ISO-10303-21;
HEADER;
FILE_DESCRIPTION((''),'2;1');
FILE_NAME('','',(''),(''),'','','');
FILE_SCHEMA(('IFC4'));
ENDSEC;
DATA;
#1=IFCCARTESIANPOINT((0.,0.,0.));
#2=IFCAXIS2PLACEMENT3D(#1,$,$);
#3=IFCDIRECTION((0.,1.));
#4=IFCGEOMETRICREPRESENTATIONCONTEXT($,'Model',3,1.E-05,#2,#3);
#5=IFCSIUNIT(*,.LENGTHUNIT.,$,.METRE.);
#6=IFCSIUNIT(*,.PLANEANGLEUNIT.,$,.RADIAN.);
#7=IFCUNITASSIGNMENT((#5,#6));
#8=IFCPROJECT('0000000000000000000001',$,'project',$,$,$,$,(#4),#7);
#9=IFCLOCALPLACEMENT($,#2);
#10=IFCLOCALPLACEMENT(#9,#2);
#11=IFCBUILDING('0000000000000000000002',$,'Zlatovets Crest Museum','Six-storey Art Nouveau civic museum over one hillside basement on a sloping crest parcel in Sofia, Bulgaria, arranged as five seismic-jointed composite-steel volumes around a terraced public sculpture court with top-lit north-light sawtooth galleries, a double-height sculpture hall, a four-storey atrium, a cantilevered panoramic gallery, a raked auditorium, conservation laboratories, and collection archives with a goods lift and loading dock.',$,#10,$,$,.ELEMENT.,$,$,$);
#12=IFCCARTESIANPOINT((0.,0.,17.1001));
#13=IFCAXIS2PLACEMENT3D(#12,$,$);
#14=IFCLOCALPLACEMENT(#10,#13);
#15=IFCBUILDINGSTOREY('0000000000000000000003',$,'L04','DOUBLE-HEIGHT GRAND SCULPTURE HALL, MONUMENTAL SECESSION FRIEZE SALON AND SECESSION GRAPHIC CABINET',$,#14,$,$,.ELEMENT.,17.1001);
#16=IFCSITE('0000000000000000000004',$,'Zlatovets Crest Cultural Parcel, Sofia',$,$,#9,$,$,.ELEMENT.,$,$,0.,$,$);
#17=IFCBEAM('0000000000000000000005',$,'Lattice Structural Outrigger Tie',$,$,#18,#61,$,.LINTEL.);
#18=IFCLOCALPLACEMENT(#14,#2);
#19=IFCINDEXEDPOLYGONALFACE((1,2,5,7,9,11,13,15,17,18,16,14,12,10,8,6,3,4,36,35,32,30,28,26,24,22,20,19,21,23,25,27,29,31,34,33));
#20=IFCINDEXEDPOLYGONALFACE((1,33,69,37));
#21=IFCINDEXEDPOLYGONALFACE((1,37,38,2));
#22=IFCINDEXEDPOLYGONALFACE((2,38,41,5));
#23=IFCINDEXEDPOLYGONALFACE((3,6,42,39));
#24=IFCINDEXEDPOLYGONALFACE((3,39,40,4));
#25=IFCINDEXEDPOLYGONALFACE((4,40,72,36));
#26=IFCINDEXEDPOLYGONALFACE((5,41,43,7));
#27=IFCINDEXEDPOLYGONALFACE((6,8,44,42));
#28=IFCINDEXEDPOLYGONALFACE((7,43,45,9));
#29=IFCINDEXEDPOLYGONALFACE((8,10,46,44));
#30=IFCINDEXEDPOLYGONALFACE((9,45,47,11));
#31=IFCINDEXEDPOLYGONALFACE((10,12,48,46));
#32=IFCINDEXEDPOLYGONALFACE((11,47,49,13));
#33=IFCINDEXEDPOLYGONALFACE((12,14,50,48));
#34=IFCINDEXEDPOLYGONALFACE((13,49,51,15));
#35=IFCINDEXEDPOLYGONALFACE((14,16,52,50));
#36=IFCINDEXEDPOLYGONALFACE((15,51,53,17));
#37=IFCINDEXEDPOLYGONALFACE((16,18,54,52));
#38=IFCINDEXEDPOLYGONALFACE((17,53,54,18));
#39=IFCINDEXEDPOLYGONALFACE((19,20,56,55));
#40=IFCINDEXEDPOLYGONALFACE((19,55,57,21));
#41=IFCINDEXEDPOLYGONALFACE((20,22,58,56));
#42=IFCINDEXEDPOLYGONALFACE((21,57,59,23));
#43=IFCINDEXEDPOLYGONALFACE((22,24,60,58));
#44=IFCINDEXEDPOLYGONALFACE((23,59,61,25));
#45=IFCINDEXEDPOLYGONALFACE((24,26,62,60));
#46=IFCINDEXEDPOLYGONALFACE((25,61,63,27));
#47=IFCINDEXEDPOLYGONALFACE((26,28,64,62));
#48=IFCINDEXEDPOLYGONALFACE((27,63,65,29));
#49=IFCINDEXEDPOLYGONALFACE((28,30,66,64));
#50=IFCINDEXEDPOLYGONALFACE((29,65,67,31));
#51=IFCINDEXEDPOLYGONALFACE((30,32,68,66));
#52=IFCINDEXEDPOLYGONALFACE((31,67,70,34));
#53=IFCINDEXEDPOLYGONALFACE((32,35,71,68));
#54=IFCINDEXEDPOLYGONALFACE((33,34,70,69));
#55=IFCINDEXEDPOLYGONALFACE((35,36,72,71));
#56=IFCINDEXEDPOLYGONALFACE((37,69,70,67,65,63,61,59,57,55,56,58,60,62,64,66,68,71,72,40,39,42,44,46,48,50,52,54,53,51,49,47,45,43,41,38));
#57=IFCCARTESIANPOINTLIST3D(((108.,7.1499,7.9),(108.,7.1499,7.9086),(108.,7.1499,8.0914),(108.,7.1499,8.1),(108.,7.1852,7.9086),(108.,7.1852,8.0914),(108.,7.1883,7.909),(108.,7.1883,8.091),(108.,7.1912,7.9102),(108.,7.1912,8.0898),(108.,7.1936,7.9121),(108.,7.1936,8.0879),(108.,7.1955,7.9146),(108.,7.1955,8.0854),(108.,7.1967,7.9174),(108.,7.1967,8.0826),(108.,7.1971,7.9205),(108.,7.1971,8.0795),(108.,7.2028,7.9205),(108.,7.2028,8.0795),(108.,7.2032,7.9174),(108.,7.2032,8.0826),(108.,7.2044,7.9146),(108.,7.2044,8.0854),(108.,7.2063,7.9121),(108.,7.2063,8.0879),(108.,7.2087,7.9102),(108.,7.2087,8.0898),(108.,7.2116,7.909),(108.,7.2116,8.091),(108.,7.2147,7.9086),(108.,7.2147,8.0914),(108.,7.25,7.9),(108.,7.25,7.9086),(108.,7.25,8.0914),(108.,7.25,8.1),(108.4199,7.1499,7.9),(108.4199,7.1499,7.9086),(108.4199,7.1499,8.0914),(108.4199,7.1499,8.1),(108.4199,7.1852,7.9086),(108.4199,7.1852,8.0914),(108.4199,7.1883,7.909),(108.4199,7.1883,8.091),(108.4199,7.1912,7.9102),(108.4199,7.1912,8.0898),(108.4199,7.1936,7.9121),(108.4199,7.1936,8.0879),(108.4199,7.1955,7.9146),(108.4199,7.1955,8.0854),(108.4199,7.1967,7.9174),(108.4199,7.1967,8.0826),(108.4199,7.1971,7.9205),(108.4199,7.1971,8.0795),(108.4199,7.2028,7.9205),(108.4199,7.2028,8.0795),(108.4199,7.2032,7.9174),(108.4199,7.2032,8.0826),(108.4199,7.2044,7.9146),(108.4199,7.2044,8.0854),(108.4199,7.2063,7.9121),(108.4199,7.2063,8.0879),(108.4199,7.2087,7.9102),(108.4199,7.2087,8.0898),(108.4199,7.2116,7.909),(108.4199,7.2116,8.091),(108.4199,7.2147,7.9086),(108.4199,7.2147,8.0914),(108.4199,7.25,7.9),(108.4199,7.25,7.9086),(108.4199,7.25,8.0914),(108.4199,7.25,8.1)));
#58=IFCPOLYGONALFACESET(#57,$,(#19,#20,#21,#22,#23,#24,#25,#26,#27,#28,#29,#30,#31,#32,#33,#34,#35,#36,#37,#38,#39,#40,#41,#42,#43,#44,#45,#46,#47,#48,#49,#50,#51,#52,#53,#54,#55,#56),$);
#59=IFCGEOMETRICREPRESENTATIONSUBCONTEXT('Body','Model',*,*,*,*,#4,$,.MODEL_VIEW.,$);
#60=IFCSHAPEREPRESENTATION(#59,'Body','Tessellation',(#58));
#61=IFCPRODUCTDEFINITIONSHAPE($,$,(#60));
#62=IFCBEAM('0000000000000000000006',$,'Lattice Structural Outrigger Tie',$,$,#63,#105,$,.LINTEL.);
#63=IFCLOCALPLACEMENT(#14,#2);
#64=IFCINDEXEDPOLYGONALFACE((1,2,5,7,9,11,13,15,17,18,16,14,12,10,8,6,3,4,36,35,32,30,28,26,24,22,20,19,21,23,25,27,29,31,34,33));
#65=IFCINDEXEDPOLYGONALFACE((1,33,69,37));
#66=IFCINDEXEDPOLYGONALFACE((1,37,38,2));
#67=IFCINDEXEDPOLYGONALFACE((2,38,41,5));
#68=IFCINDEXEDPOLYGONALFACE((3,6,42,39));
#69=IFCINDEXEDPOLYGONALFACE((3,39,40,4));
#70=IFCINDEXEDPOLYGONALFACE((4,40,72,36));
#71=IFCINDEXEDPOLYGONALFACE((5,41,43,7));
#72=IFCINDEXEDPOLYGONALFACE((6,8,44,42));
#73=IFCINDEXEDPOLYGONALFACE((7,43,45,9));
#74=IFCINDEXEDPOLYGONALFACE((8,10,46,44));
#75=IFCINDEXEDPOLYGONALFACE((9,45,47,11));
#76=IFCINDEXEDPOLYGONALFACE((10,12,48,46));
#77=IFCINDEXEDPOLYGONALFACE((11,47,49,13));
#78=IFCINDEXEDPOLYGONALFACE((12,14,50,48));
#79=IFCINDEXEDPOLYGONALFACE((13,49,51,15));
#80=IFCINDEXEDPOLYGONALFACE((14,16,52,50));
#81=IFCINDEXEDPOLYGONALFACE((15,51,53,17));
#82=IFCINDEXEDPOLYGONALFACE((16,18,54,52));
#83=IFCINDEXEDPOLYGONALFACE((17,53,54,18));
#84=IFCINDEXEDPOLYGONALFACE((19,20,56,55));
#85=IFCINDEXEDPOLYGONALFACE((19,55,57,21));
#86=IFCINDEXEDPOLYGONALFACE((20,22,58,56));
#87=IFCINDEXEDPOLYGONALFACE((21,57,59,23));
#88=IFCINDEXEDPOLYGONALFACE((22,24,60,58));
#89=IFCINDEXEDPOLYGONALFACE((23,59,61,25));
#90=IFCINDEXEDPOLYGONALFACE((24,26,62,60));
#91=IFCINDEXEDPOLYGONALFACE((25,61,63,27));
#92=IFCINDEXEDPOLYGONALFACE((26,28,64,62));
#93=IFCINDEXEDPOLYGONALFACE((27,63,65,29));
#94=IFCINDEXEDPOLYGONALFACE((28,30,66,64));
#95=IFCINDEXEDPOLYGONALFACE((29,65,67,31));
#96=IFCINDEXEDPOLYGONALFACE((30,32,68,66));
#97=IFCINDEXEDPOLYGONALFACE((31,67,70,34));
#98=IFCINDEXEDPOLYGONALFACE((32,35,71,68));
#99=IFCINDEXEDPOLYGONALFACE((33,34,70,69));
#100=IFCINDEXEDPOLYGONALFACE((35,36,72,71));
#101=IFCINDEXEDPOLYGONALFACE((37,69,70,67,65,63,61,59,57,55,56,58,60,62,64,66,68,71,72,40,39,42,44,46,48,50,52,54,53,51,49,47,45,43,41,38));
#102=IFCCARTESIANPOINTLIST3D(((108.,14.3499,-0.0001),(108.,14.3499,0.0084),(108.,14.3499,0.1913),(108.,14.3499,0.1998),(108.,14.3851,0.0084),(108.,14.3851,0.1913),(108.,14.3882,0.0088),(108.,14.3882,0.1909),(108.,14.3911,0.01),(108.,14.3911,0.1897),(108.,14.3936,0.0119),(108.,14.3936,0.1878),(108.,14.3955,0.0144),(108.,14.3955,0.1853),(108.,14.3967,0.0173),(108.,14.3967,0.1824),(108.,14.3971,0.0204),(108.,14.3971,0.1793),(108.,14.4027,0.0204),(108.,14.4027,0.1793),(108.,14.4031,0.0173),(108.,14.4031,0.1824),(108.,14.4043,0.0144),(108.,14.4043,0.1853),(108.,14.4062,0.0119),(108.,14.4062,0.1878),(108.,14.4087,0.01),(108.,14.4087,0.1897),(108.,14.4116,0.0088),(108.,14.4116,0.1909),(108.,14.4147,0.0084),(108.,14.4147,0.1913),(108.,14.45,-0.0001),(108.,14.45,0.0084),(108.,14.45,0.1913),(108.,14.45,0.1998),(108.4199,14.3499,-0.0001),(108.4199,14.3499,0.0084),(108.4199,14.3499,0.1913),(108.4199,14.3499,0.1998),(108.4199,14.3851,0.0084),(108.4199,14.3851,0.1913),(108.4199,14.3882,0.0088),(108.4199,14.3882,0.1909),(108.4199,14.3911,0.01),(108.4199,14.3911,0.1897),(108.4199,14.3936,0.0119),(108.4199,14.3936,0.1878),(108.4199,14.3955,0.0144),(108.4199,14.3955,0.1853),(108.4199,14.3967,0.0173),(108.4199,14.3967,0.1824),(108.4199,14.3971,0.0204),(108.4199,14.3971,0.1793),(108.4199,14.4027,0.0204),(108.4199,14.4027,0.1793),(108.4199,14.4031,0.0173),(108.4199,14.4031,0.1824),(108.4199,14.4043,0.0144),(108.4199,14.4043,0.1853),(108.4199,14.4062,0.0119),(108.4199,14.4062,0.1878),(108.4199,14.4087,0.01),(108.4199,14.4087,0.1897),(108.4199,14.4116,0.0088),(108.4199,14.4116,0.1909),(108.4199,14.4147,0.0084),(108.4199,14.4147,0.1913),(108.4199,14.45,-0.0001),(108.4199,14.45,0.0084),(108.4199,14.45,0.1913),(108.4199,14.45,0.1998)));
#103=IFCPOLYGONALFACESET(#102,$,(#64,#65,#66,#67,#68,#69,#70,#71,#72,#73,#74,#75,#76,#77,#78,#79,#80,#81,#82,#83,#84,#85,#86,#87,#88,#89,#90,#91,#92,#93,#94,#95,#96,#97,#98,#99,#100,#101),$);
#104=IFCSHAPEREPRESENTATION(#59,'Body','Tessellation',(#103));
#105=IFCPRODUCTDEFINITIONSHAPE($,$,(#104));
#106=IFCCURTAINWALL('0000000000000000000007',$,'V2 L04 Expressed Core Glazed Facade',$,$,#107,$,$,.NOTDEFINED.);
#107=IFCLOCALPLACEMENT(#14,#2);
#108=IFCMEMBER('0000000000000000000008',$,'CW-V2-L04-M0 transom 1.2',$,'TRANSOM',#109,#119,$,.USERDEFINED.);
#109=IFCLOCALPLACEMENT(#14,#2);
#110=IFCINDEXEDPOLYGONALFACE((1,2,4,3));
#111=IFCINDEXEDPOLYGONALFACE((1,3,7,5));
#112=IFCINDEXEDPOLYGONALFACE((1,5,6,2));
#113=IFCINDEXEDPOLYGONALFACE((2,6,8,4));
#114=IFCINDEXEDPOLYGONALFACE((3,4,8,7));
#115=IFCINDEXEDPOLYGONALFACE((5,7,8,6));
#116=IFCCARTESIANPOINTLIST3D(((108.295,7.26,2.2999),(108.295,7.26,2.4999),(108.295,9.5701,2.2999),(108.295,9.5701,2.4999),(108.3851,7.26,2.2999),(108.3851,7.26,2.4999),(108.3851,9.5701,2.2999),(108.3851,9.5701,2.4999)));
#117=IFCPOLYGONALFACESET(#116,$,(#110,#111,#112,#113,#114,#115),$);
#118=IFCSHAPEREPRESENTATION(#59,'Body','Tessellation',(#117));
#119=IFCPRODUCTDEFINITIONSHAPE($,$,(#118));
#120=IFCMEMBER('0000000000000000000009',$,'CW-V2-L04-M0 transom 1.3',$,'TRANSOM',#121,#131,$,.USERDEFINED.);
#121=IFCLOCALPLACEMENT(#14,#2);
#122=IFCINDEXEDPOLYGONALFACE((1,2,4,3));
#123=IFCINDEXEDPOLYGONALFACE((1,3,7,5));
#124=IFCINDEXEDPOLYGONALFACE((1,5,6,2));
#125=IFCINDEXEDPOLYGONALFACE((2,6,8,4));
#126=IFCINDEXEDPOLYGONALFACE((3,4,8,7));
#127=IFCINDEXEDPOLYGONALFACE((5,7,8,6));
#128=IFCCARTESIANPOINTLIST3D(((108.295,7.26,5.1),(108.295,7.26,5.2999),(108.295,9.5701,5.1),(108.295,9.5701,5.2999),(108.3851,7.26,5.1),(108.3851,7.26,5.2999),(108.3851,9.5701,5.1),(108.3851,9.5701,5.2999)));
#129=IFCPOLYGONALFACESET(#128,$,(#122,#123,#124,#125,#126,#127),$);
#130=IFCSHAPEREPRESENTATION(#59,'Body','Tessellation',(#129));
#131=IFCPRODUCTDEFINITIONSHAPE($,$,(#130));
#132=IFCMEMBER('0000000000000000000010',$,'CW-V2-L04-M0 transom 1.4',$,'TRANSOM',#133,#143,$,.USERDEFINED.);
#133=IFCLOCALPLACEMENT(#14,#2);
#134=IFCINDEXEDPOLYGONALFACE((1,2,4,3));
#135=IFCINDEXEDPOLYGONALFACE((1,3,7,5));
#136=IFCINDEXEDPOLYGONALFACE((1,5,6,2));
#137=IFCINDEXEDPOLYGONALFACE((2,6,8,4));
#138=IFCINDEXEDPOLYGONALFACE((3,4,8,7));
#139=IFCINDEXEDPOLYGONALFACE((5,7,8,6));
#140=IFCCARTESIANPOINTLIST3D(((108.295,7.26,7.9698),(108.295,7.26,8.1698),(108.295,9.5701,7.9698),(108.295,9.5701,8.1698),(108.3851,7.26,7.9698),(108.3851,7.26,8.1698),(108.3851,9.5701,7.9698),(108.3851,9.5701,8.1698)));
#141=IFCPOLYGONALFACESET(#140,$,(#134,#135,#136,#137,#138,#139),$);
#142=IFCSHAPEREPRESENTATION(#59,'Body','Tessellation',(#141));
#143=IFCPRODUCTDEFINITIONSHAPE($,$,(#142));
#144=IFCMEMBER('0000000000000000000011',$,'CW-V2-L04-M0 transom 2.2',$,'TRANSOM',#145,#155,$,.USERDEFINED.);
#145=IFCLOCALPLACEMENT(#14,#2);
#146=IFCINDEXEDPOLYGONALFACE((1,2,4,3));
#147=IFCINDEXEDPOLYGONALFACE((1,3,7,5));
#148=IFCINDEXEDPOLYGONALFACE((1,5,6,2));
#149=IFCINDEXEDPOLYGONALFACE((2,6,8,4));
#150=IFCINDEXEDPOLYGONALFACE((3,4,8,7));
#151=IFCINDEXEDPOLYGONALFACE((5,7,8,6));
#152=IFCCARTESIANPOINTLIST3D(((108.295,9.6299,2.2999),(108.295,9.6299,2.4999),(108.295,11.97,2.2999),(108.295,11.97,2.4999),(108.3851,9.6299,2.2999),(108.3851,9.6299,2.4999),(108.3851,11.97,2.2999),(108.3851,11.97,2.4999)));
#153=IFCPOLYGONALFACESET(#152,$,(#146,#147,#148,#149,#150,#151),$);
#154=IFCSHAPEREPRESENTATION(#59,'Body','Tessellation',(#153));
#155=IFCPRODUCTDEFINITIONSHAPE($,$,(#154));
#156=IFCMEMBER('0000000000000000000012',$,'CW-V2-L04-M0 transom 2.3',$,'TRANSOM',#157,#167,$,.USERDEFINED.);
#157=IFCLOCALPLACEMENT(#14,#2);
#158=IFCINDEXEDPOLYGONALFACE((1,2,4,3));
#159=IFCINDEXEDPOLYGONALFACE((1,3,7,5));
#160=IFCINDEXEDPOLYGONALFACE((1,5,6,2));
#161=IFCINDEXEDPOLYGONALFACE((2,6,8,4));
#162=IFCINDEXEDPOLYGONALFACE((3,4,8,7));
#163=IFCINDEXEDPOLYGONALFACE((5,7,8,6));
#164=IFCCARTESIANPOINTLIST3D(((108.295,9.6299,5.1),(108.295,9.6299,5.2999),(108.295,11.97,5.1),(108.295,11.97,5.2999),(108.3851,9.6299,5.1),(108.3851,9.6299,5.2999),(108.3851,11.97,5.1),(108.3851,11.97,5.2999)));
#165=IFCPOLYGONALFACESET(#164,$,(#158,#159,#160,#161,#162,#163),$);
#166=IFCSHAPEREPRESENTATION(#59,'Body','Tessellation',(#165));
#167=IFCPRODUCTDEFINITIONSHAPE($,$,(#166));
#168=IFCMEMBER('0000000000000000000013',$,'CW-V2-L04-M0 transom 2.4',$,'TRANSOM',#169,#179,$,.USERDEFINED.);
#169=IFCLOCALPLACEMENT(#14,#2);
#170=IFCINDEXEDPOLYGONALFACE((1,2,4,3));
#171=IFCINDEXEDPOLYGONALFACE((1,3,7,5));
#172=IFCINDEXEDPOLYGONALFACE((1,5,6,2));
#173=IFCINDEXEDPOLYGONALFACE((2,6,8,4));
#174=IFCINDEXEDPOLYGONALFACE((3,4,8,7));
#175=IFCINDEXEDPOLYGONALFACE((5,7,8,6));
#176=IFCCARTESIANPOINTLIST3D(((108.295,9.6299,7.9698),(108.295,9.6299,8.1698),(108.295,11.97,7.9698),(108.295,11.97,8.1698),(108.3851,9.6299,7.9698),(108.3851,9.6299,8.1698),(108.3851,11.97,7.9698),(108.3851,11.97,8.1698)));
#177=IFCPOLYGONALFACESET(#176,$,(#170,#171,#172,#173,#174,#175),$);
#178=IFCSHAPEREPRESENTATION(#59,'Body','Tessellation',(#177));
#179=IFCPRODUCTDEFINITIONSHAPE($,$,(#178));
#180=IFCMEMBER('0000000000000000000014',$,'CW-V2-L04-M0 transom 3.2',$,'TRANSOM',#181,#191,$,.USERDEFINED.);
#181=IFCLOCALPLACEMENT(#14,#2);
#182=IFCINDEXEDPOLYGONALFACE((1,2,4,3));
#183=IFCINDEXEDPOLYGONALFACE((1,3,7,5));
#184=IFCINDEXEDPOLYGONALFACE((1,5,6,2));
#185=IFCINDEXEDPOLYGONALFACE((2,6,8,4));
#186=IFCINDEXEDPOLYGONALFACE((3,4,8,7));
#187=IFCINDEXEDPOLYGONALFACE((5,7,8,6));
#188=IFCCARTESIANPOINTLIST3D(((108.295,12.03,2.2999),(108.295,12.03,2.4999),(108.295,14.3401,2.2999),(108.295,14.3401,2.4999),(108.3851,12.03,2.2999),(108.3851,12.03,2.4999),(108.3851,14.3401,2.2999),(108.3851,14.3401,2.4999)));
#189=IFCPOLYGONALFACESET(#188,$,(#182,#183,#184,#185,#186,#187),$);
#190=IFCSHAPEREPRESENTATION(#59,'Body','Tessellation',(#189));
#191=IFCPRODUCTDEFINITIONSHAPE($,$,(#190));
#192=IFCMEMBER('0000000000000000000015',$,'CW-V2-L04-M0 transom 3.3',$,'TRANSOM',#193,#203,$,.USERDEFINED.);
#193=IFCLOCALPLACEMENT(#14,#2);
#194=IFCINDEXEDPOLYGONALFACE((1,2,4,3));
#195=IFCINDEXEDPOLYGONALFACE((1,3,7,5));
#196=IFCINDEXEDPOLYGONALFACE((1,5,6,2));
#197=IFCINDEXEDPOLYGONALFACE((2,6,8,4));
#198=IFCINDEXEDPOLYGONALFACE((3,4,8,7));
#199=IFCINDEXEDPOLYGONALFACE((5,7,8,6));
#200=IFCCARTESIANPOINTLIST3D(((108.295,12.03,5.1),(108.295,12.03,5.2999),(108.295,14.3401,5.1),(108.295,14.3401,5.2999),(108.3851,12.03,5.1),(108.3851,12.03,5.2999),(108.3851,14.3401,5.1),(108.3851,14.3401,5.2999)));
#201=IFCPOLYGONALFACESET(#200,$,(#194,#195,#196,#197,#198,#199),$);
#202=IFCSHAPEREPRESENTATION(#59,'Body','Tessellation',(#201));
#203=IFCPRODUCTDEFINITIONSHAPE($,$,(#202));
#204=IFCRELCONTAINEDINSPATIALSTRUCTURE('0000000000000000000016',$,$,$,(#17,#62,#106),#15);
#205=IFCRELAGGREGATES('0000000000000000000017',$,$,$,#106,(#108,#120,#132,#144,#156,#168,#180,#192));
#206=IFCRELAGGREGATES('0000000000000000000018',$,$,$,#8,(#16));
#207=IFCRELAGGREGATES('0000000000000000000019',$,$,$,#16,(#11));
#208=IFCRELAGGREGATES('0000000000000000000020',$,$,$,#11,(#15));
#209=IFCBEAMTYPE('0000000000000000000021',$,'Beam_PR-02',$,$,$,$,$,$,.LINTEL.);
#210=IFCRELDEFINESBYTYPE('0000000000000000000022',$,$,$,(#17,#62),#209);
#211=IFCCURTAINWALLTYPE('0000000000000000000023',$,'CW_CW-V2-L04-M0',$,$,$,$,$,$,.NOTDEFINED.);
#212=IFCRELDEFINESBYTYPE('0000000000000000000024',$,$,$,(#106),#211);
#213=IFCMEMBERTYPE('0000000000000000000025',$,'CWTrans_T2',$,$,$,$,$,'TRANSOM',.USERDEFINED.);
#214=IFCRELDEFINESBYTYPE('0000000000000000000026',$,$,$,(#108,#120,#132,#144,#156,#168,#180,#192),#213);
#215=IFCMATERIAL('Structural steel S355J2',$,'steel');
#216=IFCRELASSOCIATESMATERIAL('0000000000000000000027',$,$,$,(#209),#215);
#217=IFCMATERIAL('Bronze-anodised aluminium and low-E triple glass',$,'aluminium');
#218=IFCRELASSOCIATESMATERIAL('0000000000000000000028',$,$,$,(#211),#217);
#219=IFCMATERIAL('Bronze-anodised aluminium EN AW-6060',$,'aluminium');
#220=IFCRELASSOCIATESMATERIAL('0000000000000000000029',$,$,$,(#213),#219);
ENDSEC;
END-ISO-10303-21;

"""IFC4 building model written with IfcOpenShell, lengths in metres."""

from ifc_helpers import new_model, si_unit, direction, frame, origin, origin_2d, place, context, subcontext, project, spatial, rectangle, i_section, extrude, material, material_profile, profile_set, type_object, element, aggregate, save


model = new_model("IFC4")

# Units and contexts
model_context = context("Model", 3, precision=1e-05, world=origin(), true_north=direction((0.0, 1.0)))
body_context = subcontext(model_context, "Body", "Model", "MODEL_VIEW")
ifc_project = project(units=[si_unit("LENGTHUNIT", "METRE"), si_unit("PLANEANGLEUNIT", "RADIAN")], contexts=[model_context])

# Site, building, storey
site_placement = place(None, origin())
site = spatial("IfcSite", under=ifc_project, at=site_placement, Name="Zlatovets Crest Cultural Parcel, Sofia", CompositionType="ELEMENT", RefElevation=0.0)
building_placement = place(site_placement, origin())
building = spatial("IfcBuilding", under=site, at=building_placement, Name="Zlatovets Crest Museum", Description="Six-storey Art Nouveau civic museum over one hillside basement on a sloping crest parcel in Sofia, Bulgaria, arranged as five seismic-jointed composite-steel volumes around a terraced public sculpture court with top-lit north-light sawtooth galleries, a double-height sculpture hall, a four-storey atrium, a cantilevered panoramic gallery, a raked auditorium, conservation laboratories, and collection archives with a goods lift and loading dock.", CompositionType="ELEMENT")
storey_placement = place(building_placement, frame((0.0, 0.0, 17.1001)))
storey = spatial("IfcBuildingStorey", under=building, at=storey_placement, Name="L04", Description="DOUBLE-HEIGHT GRAND SCULPTURE HALL, MONUMENTAL SECESSION FRIEZE SALON AND SECESSION GRAPHIC CABINET", CompositionType="ELEMENT", Elevation=17.1001)

# Beams
ifc_material_1 = material(Name="Structural steel S355J2", Category="steel")
ifc_material_profile_1 = material_profile(ifc_material_1, i_section(OverallWidth=0.1001, OverallDepth=0.2, WebThickness=0.0056, FlangeThickness=0.0085, FilletRadius=0.012, at=origin_2d()), Name="IPE 200")
ifc_profile_set_1 = profile_set([ifc_material_profile_1], Name="Structural steel S355J2")
beam_type = type_object("IfcBeamType", Name="Beam_PR-02", PredefinedType="LINTEL", material=ifc_profile_set_1)
for number, where, z_axis, x_axis, name in (
    (1, (108.0, 7.2, 8.0), (1.0, 0.0, 0.0), (0.0, 1.0, 0.0), "Lattice Structural Outrigger Tie"),
    (2, (108.0, 14.3999, 0.0999), (1.0, 0.0, 0.0), (0.0, 1.0, 0.0), "Lattice Structural Outrigger Tie"),
):
    element("IfcBeam", number, at=place(storey_placement, frame(where, z_axis=z_axis, x_axis=x_axis)), inside=storey, type_object=beam_type, Name=name, PredefinedType="LINTEL", context=body_context, shape_type="SweptSolid", body=[
        extrude(i_section(OverallWidth=0.1001, OverallDepth=0.2, WebThickness=0.0056, FlangeThickness=0.0085, FilletRadius=0.012, at=origin_2d()), origin(), (0.0, 0.0, 1.0), 0.4199),
    ])

# Curtain wall, members
ifc_material_2 = material(Name="Bronze-anodised aluminium and low-E triple glass", Category="aluminium")
curtain_wall_type = type_object("IfcCurtainWallType", Name="CW_CW-V2-L04-M0", PredefinedType="NOTDEFINED", material=ifc_material_2)
curtain_wall_placement = place(storey_placement, origin())
curtain_wall = element("IfcCurtainWall", 3, at=curtain_wall_placement, inside=storey, type_object=curtain_wall_type, Name="V2 L04 Expressed Core Glazed Facade", PredefinedType="NOTDEFINED")
ifc_material_3 = material(Name="Bronze-anodised aluminium EN AW-6060", Category="aluminium")
ifc_material_profile_2 = material_profile(ifc_material_3, rectangle(XDim=0.0901, YDim=0.2, at=origin_2d()), Name="ALU 90x200")
ifc_profile_set_2 = profile_set([ifc_material_profile_2], Name="Bronze-anodised aluminium EN AW-6060")
member_type_1 = type_object("IfcMemberType", Name="CWTrans_T2", ElementType="TRANSOM", PredefinedType="USERDEFINED", material=ifc_profile_set_2)
member_1_placement = place(storey_placement, frame((108.3401, 7.26, 2.3999), z_axis=(0.0, 1.0, 0.0), x_axis=(-1.0, 0.0, 0.0)))
member_1 = element("IfcMember", 4, at=member_1_placement, type_object=member_type_1, Name="CW-V2-L04-M0 transom 1.2", ObjectType="TRANSOM", PredefinedType="USERDEFINED", context=body_context, shape_type="SweptSolid", body=[
    extrude(rectangle(XDim=0.0901, YDim=0.2, at=origin_2d()), origin(), (0.0, 0.0, 1.0), 2.3101),
])
member_2_placement = place(storey_placement, frame((108.3401, 7.26, 5.2), z_axis=(0.0, 1.0, 0.0), x_axis=(-1.0, 0.0, 0.0)))
member_2 = element("IfcMember", 5, at=member_2_placement, type_object=member_type_1, Name="CW-V2-L04-M0 transom 1.3", ObjectType="TRANSOM", PredefinedType="USERDEFINED", context=body_context, shape_type="SweptSolid", body=[
    extrude(rectangle(XDim=0.0901, YDim=0.2, at=origin_2d()), origin(), (0.0, 0.0, 1.0), 2.3101),
])
member_3_placement = place(storey_placement, frame((108.3401, 7.26, 8.0698), z_axis=(0.0, 1.0, 0.0), x_axis=(-1.0, 0.0, 0.0)))
member_3 = element("IfcMember", 6, at=member_3_placement, type_object=member_type_1, Name="CW-V2-L04-M0 transom 1.4", ObjectType="TRANSOM", PredefinedType="USERDEFINED", context=body_context, shape_type="SweptSolid", body=[
    extrude(rectangle(XDim=0.0901, YDim=0.2, at=origin_2d()), origin(), (0.0, 0.0, 1.0), 2.3101),
])
member_4_placement = place(storey_placement, frame((108.3401, 9.6299, 2.3999), z_axis=(0.0, 1.0, 0.0), x_axis=(-1.0, 0.0, 0.0)))
member_4 = element("IfcMember", 7, at=member_4_placement, type_object=member_type_1, Name="CW-V2-L04-M0 transom 2.2", ObjectType="TRANSOM", PredefinedType="USERDEFINED", context=body_context, shape_type="SweptSolid", body=[
    extrude(rectangle(XDim=0.0901, YDim=0.2, at=origin_2d()), origin(), (0.0, 0.0, 1.0), 2.3401),
])
member_5_placement = place(storey_placement, frame((108.3401, 9.6299, 5.2), z_axis=(0.0, 1.0, 0.0), x_axis=(-1.0, 0.0, 0.0)))
member_5 = element("IfcMember", 8, at=member_5_placement, type_object=member_type_1, Name="CW-V2-L04-M0 transom 2.3", ObjectType="TRANSOM", PredefinedType="USERDEFINED", context=body_context, shape_type="SweptSolid", body=[
    extrude(rectangle(XDim=0.0901, YDim=0.2, at=origin_2d()), origin(), (0.0, 0.0, 1.0), 2.3401),
])
member_6_placement = place(storey_placement, frame((108.3401, 9.6299, 8.0698), z_axis=(0.0, 1.0, 0.0), x_axis=(-1.0, 0.0, 0.0)))
member_6 = element("IfcMember", 9, at=member_6_placement, type_object=member_type_1, Name="CW-V2-L04-M0 transom 2.4", ObjectType="TRANSOM", PredefinedType="USERDEFINED", context=body_context, shape_type="SweptSolid", body=[
    extrude(rectangle(XDim=0.0901, YDim=0.2, at=origin_2d()), origin(), (0.0, 0.0, 1.0), 2.3401),
])
member_7_placement = place(storey_placement, frame((108.3401, 12.03, 2.3999), z_axis=(0.0, 1.0, 0.0), x_axis=(-1.0, 0.0, 0.0)))
member_7 = element("IfcMember", 10, at=member_7_placement, type_object=member_type_1, Name="CW-V2-L04-M0 transom 3.2", ObjectType="TRANSOM", PredefinedType="USERDEFINED", context=body_context, shape_type="SweptSolid", body=[
    extrude(rectangle(XDim=0.0901, YDim=0.2, at=origin_2d()), origin(), (0.0, 0.0, 1.0), 2.3101),
])
member_8_placement = place(storey_placement, frame((108.3401, 12.03, 5.2), z_axis=(0.0, 1.0, 0.0), x_axis=(-1.0, 0.0, 0.0)))
member_8 = element("IfcMember", 11, at=member_8_placement, type_object=member_type_1, Name="CW-V2-L04-M0 transom 3.3", ObjectType="TRANSOM", PredefinedType="USERDEFINED", context=body_context, shape_type="SweptSolid", body=[
    extrude(rectangle(XDim=0.0901, YDim=0.2, at=origin_2d()), origin(), (0.0, 0.0, 1.0), 2.3101),
])

aggregate(curtain_wall, [member_1, member_2, member_3, member_4, member_5, member_6, member_7, member_8])

save(model, "model.ifc")
